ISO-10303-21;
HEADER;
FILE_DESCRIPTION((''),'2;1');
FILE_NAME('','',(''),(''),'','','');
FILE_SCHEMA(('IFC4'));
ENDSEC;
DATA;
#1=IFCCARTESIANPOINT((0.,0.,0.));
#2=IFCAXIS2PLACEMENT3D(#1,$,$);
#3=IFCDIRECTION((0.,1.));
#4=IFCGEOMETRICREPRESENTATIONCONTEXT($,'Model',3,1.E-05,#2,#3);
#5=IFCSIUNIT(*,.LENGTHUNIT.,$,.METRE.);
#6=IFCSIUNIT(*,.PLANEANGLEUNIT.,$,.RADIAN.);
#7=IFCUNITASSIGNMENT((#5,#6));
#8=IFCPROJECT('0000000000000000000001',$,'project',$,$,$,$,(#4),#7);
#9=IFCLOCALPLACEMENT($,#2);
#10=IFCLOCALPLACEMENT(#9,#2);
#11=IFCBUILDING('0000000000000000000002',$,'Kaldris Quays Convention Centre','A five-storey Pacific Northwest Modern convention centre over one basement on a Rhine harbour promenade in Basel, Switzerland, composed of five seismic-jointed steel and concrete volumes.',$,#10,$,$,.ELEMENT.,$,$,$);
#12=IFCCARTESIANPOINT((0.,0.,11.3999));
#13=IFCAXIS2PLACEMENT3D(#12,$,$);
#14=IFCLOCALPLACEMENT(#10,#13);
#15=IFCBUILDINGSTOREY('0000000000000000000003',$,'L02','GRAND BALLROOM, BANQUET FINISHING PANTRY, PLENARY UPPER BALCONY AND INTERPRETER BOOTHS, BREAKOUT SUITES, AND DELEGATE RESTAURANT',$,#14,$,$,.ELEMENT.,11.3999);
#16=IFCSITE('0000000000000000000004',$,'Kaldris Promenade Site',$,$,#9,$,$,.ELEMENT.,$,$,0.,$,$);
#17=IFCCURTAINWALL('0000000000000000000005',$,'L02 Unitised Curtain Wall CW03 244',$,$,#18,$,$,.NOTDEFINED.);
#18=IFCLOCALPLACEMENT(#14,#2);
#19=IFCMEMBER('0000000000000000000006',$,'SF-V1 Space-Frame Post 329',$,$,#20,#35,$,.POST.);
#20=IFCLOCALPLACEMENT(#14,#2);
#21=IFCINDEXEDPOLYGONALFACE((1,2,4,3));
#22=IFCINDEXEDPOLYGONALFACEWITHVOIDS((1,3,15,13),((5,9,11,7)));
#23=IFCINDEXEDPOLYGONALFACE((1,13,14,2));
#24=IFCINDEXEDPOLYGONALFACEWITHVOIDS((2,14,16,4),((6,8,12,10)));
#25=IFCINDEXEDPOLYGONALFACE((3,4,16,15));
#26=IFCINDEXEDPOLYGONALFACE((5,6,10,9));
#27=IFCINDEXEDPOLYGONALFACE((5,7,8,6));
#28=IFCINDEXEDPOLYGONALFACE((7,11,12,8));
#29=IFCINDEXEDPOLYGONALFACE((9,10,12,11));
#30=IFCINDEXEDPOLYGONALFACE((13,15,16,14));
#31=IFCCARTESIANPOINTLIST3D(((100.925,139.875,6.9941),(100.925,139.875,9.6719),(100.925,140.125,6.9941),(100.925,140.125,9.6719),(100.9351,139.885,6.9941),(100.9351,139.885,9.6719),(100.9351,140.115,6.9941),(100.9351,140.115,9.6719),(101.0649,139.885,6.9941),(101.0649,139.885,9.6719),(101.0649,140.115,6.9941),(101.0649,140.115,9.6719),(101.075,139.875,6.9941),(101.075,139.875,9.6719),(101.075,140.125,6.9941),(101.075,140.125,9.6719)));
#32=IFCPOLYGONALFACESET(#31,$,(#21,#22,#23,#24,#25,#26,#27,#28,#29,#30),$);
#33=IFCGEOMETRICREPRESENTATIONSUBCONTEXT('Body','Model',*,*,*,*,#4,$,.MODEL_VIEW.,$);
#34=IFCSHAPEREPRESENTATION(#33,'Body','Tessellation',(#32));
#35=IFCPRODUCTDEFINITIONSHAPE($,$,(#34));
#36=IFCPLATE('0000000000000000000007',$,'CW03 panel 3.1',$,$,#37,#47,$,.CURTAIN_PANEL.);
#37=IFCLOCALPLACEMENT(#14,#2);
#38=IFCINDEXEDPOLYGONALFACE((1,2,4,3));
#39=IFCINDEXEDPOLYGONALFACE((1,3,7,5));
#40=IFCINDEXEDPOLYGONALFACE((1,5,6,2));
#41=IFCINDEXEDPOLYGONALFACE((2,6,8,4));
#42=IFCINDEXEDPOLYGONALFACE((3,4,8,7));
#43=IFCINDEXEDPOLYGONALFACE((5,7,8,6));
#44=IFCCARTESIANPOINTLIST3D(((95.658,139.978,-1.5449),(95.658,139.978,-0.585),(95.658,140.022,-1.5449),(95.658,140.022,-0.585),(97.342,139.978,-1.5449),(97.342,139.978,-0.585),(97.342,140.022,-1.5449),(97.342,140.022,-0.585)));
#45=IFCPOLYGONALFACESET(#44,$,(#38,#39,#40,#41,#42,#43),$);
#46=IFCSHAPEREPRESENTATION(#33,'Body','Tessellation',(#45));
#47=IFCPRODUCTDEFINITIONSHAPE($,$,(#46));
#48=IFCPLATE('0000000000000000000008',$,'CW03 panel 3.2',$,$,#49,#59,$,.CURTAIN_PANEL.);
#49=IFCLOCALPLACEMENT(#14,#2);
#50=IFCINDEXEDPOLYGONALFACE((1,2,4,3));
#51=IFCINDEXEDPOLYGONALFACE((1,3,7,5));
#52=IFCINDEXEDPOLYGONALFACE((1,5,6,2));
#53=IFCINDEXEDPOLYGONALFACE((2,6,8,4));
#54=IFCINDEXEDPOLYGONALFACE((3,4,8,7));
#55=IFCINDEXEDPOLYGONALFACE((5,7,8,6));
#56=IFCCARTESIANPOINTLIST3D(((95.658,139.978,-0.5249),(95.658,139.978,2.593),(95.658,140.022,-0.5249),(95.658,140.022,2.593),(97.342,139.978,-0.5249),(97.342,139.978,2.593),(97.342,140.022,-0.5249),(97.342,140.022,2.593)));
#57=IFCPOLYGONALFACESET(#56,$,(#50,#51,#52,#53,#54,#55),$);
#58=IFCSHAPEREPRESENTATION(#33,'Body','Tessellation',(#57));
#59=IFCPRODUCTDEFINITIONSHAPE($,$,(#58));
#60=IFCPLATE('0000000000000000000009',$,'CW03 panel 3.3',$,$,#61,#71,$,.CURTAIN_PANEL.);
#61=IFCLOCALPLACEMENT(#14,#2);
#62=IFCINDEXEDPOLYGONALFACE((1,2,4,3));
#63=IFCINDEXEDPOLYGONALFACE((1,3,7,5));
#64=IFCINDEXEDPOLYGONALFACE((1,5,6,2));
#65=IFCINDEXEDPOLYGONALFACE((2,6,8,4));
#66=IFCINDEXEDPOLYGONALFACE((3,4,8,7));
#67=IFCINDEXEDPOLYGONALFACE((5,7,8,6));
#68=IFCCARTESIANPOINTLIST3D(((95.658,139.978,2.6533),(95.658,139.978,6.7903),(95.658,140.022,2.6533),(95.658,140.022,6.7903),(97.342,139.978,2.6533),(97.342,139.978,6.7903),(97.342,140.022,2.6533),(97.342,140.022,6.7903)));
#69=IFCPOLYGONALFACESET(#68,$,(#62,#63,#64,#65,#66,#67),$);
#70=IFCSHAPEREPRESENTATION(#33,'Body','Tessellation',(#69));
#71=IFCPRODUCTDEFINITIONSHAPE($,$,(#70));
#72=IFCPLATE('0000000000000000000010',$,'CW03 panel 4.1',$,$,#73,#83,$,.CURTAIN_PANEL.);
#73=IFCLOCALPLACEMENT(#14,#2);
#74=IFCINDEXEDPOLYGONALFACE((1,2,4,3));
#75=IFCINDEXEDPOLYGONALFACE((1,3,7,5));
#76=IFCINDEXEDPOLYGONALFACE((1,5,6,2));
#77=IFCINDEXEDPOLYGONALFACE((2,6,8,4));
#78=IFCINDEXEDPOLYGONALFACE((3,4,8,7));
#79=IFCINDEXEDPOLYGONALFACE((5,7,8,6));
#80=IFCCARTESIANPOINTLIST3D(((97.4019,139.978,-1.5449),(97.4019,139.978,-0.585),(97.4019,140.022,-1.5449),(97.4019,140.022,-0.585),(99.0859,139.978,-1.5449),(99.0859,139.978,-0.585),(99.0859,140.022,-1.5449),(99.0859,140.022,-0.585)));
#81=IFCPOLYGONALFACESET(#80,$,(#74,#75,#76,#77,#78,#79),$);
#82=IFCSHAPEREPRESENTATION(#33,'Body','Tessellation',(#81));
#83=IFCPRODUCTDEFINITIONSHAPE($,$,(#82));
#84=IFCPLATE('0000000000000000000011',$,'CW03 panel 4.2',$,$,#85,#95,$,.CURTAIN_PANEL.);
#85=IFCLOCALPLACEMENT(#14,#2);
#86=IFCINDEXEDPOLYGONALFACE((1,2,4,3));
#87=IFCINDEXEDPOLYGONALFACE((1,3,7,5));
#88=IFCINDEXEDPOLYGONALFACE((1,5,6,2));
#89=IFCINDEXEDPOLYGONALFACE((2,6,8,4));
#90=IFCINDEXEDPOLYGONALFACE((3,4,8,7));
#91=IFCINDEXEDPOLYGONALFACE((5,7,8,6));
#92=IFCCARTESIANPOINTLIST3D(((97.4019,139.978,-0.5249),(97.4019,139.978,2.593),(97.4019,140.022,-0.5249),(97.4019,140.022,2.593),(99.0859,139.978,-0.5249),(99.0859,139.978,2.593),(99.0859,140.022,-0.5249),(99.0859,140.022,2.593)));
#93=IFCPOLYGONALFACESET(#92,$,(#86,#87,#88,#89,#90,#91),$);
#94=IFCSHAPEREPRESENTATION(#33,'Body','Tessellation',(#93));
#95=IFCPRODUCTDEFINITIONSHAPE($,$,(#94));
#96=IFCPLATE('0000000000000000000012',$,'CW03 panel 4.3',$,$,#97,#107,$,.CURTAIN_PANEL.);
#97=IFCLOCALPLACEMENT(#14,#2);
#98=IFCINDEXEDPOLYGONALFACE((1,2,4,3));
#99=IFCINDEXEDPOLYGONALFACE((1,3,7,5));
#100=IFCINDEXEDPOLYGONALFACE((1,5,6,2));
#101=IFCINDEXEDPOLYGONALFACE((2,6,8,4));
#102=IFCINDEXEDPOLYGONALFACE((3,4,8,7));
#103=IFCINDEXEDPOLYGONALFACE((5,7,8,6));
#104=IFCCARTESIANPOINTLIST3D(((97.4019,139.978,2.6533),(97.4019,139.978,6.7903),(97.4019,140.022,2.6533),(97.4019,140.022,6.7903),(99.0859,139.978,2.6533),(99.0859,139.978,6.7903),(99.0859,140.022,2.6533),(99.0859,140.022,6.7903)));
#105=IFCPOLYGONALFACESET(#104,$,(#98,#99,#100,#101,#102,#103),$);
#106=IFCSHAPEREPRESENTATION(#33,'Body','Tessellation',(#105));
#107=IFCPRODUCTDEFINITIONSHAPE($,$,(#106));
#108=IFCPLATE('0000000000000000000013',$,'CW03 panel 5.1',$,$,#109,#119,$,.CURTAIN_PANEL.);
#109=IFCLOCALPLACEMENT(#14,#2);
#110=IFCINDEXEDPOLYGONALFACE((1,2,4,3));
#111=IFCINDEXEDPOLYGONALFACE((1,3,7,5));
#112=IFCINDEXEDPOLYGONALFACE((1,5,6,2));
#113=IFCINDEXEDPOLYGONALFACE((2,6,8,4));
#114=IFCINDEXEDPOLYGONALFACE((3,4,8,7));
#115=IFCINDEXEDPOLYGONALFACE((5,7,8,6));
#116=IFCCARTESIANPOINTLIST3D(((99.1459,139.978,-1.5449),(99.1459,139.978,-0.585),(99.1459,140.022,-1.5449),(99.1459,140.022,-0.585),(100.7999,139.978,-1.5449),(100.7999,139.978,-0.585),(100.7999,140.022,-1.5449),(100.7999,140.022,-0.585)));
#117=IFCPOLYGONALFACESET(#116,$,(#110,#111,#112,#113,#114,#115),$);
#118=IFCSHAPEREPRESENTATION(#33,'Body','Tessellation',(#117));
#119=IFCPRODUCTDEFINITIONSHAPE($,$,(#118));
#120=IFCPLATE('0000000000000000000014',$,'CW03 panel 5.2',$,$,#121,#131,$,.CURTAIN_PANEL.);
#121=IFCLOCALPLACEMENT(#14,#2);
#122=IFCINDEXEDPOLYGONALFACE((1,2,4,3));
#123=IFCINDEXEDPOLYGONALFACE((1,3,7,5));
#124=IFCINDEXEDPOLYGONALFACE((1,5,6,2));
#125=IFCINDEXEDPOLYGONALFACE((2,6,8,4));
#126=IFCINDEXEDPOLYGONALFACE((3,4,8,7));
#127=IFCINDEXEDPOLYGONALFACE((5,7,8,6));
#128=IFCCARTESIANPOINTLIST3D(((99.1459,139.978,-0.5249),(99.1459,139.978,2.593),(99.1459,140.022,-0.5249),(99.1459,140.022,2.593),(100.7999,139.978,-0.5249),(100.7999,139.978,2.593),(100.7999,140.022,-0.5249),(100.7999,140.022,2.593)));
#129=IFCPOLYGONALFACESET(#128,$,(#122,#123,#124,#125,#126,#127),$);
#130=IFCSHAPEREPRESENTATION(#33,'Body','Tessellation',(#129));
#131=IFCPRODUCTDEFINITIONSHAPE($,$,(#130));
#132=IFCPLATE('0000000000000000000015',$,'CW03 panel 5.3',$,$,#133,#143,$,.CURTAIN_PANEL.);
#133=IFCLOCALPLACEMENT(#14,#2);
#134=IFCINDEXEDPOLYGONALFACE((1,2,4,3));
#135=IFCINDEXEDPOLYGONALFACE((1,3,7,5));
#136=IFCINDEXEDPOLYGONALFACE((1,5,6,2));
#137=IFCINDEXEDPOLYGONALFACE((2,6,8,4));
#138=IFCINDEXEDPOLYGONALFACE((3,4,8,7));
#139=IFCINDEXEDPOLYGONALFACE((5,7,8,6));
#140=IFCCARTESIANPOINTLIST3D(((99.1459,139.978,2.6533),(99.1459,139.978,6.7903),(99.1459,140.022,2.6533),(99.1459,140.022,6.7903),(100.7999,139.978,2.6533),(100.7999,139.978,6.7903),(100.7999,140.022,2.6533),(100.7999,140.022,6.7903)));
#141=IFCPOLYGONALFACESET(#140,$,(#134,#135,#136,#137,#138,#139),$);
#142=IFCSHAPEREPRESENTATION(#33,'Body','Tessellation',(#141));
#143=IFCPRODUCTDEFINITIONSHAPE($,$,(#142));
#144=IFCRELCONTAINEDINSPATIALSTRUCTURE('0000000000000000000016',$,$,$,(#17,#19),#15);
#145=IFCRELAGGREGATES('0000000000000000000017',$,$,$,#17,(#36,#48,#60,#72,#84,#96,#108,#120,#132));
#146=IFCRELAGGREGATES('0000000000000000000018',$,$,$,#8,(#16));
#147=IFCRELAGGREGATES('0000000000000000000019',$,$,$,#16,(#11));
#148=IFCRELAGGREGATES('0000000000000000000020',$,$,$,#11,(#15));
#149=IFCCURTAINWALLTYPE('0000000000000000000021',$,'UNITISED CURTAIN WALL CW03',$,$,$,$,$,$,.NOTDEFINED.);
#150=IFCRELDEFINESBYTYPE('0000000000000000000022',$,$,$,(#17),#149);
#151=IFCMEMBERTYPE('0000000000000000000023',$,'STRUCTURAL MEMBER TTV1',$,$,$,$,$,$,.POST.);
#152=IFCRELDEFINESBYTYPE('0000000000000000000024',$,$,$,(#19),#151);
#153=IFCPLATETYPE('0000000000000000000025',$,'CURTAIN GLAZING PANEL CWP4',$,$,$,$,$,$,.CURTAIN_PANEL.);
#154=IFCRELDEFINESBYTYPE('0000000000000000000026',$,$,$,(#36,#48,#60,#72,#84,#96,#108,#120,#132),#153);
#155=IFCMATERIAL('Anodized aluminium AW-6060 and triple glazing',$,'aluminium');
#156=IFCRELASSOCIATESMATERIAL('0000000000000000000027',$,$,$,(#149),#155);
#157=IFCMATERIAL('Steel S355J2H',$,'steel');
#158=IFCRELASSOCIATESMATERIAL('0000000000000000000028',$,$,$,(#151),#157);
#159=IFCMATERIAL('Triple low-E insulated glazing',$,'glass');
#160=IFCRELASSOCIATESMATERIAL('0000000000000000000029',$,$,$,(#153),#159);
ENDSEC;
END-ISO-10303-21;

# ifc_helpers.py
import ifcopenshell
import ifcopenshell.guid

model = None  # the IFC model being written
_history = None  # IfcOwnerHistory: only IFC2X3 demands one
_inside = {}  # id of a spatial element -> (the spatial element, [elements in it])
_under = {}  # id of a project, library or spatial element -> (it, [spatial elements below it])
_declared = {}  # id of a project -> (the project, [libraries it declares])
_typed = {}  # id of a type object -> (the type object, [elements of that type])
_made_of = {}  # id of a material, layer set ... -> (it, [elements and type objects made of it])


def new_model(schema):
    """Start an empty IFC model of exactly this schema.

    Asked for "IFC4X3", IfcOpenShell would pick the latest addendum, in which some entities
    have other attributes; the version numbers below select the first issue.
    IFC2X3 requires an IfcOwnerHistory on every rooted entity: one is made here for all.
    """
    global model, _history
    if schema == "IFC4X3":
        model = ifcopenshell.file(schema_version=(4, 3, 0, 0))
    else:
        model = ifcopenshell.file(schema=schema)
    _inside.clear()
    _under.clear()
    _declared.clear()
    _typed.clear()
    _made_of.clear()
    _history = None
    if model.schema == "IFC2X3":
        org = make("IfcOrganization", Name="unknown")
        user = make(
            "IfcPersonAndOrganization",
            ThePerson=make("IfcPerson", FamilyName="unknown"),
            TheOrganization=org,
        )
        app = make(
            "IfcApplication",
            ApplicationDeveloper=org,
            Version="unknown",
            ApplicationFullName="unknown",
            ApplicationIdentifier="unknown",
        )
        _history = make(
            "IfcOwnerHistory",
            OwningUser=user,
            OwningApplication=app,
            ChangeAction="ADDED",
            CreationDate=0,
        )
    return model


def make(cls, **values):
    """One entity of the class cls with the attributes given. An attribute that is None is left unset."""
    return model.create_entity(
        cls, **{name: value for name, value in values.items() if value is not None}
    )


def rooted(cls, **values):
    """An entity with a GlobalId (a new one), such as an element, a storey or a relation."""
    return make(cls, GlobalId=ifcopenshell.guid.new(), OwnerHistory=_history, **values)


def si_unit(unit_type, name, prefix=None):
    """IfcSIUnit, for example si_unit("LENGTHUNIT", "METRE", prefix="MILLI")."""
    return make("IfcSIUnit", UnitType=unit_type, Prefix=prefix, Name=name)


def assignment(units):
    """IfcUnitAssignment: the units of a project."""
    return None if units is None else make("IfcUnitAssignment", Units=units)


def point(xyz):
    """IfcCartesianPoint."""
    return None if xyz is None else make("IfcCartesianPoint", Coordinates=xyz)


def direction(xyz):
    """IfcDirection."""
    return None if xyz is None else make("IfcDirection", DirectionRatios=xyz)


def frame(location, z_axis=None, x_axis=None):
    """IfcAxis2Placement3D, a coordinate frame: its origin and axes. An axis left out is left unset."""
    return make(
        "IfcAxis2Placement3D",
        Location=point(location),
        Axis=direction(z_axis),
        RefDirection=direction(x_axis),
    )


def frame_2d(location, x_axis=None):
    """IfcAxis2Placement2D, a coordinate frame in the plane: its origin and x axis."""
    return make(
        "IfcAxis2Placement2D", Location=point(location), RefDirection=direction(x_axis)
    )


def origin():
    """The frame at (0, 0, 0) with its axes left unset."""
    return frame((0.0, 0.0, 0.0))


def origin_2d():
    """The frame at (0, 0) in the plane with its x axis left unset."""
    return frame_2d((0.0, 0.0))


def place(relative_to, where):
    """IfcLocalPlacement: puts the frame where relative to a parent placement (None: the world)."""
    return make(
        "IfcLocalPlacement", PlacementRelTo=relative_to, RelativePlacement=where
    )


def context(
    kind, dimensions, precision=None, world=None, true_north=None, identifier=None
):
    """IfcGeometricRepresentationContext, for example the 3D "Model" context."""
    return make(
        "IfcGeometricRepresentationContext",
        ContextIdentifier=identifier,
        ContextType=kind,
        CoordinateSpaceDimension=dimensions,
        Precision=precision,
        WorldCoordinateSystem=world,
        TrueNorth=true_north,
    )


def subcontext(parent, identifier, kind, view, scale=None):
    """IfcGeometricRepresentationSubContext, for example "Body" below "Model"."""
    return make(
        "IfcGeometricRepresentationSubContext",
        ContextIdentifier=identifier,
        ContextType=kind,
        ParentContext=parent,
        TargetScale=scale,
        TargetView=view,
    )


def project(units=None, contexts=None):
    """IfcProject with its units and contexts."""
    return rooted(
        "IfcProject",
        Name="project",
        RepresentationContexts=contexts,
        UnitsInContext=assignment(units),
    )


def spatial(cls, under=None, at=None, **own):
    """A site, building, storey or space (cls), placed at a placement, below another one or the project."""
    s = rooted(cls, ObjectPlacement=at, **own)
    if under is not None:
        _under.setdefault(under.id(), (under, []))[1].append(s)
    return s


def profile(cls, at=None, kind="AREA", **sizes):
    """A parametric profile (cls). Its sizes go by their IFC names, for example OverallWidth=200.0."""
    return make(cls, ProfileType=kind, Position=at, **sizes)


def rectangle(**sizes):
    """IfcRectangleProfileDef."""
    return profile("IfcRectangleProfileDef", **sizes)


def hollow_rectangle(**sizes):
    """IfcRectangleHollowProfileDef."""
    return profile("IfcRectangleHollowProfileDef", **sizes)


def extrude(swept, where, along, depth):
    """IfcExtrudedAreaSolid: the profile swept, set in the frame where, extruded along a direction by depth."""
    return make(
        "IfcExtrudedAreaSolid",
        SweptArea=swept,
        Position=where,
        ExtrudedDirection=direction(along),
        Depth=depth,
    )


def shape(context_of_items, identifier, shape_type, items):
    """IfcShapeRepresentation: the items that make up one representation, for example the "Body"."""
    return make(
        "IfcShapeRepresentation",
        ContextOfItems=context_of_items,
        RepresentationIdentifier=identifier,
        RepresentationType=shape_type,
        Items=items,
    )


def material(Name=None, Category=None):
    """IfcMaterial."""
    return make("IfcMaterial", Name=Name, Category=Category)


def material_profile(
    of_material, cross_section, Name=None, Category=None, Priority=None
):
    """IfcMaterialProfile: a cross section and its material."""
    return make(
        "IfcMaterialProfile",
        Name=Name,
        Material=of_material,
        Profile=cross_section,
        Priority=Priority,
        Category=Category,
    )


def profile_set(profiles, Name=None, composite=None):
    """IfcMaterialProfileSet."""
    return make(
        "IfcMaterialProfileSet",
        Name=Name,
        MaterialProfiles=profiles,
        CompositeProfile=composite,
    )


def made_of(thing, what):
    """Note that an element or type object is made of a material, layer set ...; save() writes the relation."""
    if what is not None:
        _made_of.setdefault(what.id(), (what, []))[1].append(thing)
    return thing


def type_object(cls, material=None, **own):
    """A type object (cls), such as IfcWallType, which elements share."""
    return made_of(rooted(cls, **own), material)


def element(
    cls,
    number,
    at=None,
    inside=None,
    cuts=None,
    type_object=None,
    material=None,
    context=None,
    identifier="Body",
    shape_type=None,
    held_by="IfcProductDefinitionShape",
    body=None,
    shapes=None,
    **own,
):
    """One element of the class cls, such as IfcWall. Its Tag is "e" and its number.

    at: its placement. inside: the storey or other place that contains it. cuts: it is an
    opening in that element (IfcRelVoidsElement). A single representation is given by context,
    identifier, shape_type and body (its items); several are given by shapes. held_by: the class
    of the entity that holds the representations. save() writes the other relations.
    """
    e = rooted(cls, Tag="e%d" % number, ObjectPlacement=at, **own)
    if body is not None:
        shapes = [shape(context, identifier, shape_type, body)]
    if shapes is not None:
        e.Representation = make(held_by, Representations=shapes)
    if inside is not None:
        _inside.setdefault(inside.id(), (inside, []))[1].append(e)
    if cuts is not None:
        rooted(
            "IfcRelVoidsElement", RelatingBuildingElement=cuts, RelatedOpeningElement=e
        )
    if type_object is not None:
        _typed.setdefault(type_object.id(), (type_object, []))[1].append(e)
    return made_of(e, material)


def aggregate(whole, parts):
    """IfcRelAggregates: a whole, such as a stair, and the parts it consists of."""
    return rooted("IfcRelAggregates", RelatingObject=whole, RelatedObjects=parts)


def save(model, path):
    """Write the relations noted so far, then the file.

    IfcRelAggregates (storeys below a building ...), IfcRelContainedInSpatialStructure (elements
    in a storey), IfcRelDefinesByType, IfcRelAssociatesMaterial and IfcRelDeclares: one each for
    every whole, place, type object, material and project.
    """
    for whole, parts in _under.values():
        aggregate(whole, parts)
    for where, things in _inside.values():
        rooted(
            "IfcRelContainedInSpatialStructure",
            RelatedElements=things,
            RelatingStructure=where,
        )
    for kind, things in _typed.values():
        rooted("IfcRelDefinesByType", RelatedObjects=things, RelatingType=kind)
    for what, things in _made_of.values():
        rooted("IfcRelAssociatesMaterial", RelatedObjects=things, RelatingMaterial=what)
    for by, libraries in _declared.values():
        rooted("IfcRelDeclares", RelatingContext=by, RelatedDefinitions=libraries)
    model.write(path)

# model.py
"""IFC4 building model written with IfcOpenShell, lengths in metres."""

from ifc_helpers import new_model, si_unit, direction, frame, origin, origin_2d, place, context, subcontext, project, spatial, rectangle, hollow_rectangle, extrude, material, material_profile, profile_set, type_object, element, aggregate, save


model = new_model("IFC4")

# Units and contexts
model_context = context("Model", 3, precision=1e-05, world=origin(), true_north=direction((0.0, 1.0)))
body_context = subcontext(model_context, "Body", "Model", "MODEL_VIEW")
ifc_project = project(units=[si_unit("LENGTHUNIT", "METRE"), si_unit("PLANEANGLEUNIT", "RADIAN")], contexts=[model_context])

# Site, building, storey
site_placement = place(None, origin())
site = spatial("IfcSite", under=ifc_project, at=site_placement, Name="Kaldris Promenade Site", CompositionType="ELEMENT", RefElevation=0.0)
building_placement = place(site_placement, origin())
building = spatial("IfcBuilding", under=site, at=building_placement, Name="Kaldris Quays Convention Centre", Description="A five-storey Pacific Northwest Modern convention centre over one basement on a Rhine harbour promenade in Basel, Switzerland, composed of five seismic-jointed steel and concrete volumes.", CompositionType="ELEMENT")
storey_placement = place(building_placement, frame((0.0, 0.0, 11.3999)))
storey = spatial("IfcBuildingStorey", under=building, at=storey_placement, Name="L02", Description="GRAND BALLROOM, BANQUET FINISHING PANTRY, PLENARY UPPER BALCONY AND INTERPRETER BOOTHS, BREAKOUT SUITES, AND DELEGATE RESTAURANT", CompositionType="ELEMENT", Elevation=11.3999)

# Curtain wall
ifc_material_1 = material(Name="Anodized aluminium AW-6060 and triple glazing", Category="aluminium")
curtain_wall_type = type_object("IfcCurtainWallType", Name="UNITISED CURTAIN WALL CW03", PredefinedType="NOTDEFINED", material=ifc_material_1)
curtain_wall_1_placement = place(storey_placement, origin())
curtain_wall_1 = element("IfcCurtainWall", 1, at=curtain_wall_1_placement, inside=storey, type_object=curtain_wall_type, Name="L02 Unitised Curtain Wall CW03 244", PredefinedType="NOTDEFINED")

# Member
ifc_material_2 = material(Name="Steel S355J2H", Category="steel")
ifc_material_profile_1 = material_profile(ifc_material_2, hollow_rectangle(XDim=0.1499, YDim=0.25, WallThickness=0.01, at=origin_2d()), Name="RHS 250x150x10")
ifc_profile_set_1 = profile_set([ifc_material_profile_1], Name="Steel S355J2H")
member_type_1 = type_object("IfcMemberType", Name="STRUCTURAL MEMBER TTV1", PredefinedType="POST", material=ifc_profile_set_1)
member_1_placement = place(storey_placement, frame((101.0, 140.0, 6.9941), z_axis=(0.0, 0.0, 1.0), x_axis=(1.0, 0.0, 0.0)))
element("IfcMember", 2, at=member_1_placement, inside=storey, type_object=member_type_1, Name="SF-V1 Space-Frame Post 329", PredefinedType="POST", context=body_context, shape_type="SweptSolid", body=[
    extrude(hollow_rectangle(XDim=0.1499, YDim=0.25, WallThickness=0.01, at=origin_2d()), origin(), (0.0, 0.0, 1.0), 2.6777),
])

# Plates
ifc_material_3 = material(Name="Triple low-E insulated glazing", Category="glass")
plate_type = type_object("IfcPlateType", Name="CURTAIN GLAZING PANEL CWP4", PredefinedType="CURTAIN_PANEL", material=ifc_material_3)
plate_1_placement = place(storey_placement, frame((96.5, 140.0, -1.5449), z_axis=(0.0, 0.0, 1.0), x_axis=(1.0, 0.0, 0.0)))
plate_1 = element("IfcPlate", 3, at=plate_1_placement, type_object=plate_type, Name="CW03 panel 3.1", PredefinedType="CURTAIN_PANEL", context=body_context, shape_type="SweptSolid", body=[
    extrude(rectangle(XDim=1.6841, YDim=0.0439, at=origin_2d()), origin(), (0.0, 0.0, 1.0), 0.96),
])
plate_2_placement = place(storey_placement, frame((96.5, 140.0, -0.5249), z_axis=(0.0, 0.0, 1.0), x_axis=(1.0, 0.0, 0.0)))
plate_2 = element("IfcPlate", 4, at=plate_2_placement, type_object=plate_type, Name="CW03 panel 3.2", PredefinedType="CURTAIN_PANEL", context=body_context, shape_type="SweptSolid", body=[
    extrude(rectangle(XDim=1.6841, YDim=0.0439, at=origin_2d()), origin(), (0.0, 0.0, 1.0), 3.1179),
])
plate_3_placement = place(storey_placement, frame((96.5, 140.0, 2.6533), z_axis=(0.0, 0.0, 1.0), x_axis=(1.0, 0.0, 0.0)))
plate_3 = element("IfcPlate", 5, at=plate_3_placement, type_object=plate_type, Name="CW03 panel 3.3", PredefinedType="CURTAIN_PANEL", context=body_context, shape_type="SweptSolid", body=[
    extrude(rectangle(XDim=1.6841, YDim=0.0439, at=origin_2d()), origin(), (0.0, 0.0, 1.0), 4.137),
])
plate_4_placement = place(storey_placement, frame((98.2439, 140.0, -1.5449), z_axis=(0.0, 0.0, 1.0), x_axis=(1.0, 0.0, 0.0)))
plate_4 = element("IfcPlate", 6, at=plate_4_placement, type_object=plate_type, Name="CW03 panel 4.1", PredefinedType="CURTAIN_PANEL", context=body_context, shape_type="SweptSolid", body=[
    extrude(rectangle(XDim=1.6841, YDim=0.0439, at=origin_2d()), origin(), (0.0, 0.0, 1.0), 0.96),
])
plate_5_placement = place(storey_placement, frame((98.2439, 140.0, -0.5249), z_axis=(0.0, 0.0, 1.0), x_axis=(1.0, 0.0, 0.0)))
plate_5 = element("IfcPlate", 7, at=plate_5_placement, type_object=plate_type, Name="CW03 panel 4.2", PredefinedType="CURTAIN_PANEL", context=body_context, shape_type="SweptSolid", body=[
    extrude(rectangle(XDim=1.6841, YDim=0.0439, at=origin_2d()), origin(), (0.0, 0.0, 1.0), 3.1179),
])
plate_6_placement = place(storey_placement, frame((98.2439, 140.0, 2.6533), z_axis=(0.0, 0.0, 1.0), x_axis=(1.0, 0.0, 0.0)))
plate_6 = element("IfcPlate", 8, at=plate_6_placement, type_object=plate_type, Name="CW03 panel 4.3", PredefinedType="CURTAIN_PANEL", context=body_context, shape_type="SweptSolid", body=[
    extrude(rectangle(XDim=1.6841, YDim=0.0439, at=origin_2d()), origin(), (0.0, 0.0, 1.0), 4.137),
])
plate_7_placement = place(storey_placement, frame((99.9729, 140.0, -1.5449), z_axis=(0.0, 0.0, 1.0), x_axis=(1.0, 0.0, 0.0)))
plate_7 = element("IfcPlate", 9, at=plate_7_placement, type_object=plate_type, Name="CW03 panel 5.1", PredefinedType="CURTAIN_PANEL", context=body_context, shape_type="SweptSolid", body=[
    extrude(rectangle(XDim=1.6541, YDim=0.0439, at=origin_2d()), origin(), (0.0, 0.0, 1.0), 0.96),
])
plate_8_placement = place(storey_placement, frame((99.9729, 140.0, -0.5249), z_axis=(0.0, 0.0, 1.0), x_axis=(1.0, 0.0, 0.0)))
plate_8 = element("IfcPlate", 10, at=plate_8_placement, type_object=plate_type, Name="CW03 panel 5.2", PredefinedType="CURTAIN_PANEL", context=body_context, shape_type="SweptSolid", body=[
    extrude(rectangle(XDim=1.6541, YDim=0.0439, at=origin_2d()), origin(), (0.0, 0.0, 1.0), 3.1179),
])
plate_9_placement = place(storey_placement, frame((99.9729, 140.0, 2.6533), z_axis=(0.0, 0.0, 1.0), x_axis=(1.0, 0.0, 0.0)))
plate_9 = element("IfcPlate", 11, at=plate_9_placement, type_object=plate_type, Name="CW03 panel 5.3", PredefinedType="CURTAIN_PANEL", context=body_context, shape_type="SweptSolid", body=[
    extrude(rectangle(XDim=1.6541, YDim=0.0439, at=origin_2d()), origin(), (0.0, 0.0, 1.0), 4.137),
])
aggregate(curtain_wall_1, [plate_1, plate_2, plate_3, plate_4, plate_5, plate_6, plate_7, plate_8, plate_9])

save(model, "model.ifc")
